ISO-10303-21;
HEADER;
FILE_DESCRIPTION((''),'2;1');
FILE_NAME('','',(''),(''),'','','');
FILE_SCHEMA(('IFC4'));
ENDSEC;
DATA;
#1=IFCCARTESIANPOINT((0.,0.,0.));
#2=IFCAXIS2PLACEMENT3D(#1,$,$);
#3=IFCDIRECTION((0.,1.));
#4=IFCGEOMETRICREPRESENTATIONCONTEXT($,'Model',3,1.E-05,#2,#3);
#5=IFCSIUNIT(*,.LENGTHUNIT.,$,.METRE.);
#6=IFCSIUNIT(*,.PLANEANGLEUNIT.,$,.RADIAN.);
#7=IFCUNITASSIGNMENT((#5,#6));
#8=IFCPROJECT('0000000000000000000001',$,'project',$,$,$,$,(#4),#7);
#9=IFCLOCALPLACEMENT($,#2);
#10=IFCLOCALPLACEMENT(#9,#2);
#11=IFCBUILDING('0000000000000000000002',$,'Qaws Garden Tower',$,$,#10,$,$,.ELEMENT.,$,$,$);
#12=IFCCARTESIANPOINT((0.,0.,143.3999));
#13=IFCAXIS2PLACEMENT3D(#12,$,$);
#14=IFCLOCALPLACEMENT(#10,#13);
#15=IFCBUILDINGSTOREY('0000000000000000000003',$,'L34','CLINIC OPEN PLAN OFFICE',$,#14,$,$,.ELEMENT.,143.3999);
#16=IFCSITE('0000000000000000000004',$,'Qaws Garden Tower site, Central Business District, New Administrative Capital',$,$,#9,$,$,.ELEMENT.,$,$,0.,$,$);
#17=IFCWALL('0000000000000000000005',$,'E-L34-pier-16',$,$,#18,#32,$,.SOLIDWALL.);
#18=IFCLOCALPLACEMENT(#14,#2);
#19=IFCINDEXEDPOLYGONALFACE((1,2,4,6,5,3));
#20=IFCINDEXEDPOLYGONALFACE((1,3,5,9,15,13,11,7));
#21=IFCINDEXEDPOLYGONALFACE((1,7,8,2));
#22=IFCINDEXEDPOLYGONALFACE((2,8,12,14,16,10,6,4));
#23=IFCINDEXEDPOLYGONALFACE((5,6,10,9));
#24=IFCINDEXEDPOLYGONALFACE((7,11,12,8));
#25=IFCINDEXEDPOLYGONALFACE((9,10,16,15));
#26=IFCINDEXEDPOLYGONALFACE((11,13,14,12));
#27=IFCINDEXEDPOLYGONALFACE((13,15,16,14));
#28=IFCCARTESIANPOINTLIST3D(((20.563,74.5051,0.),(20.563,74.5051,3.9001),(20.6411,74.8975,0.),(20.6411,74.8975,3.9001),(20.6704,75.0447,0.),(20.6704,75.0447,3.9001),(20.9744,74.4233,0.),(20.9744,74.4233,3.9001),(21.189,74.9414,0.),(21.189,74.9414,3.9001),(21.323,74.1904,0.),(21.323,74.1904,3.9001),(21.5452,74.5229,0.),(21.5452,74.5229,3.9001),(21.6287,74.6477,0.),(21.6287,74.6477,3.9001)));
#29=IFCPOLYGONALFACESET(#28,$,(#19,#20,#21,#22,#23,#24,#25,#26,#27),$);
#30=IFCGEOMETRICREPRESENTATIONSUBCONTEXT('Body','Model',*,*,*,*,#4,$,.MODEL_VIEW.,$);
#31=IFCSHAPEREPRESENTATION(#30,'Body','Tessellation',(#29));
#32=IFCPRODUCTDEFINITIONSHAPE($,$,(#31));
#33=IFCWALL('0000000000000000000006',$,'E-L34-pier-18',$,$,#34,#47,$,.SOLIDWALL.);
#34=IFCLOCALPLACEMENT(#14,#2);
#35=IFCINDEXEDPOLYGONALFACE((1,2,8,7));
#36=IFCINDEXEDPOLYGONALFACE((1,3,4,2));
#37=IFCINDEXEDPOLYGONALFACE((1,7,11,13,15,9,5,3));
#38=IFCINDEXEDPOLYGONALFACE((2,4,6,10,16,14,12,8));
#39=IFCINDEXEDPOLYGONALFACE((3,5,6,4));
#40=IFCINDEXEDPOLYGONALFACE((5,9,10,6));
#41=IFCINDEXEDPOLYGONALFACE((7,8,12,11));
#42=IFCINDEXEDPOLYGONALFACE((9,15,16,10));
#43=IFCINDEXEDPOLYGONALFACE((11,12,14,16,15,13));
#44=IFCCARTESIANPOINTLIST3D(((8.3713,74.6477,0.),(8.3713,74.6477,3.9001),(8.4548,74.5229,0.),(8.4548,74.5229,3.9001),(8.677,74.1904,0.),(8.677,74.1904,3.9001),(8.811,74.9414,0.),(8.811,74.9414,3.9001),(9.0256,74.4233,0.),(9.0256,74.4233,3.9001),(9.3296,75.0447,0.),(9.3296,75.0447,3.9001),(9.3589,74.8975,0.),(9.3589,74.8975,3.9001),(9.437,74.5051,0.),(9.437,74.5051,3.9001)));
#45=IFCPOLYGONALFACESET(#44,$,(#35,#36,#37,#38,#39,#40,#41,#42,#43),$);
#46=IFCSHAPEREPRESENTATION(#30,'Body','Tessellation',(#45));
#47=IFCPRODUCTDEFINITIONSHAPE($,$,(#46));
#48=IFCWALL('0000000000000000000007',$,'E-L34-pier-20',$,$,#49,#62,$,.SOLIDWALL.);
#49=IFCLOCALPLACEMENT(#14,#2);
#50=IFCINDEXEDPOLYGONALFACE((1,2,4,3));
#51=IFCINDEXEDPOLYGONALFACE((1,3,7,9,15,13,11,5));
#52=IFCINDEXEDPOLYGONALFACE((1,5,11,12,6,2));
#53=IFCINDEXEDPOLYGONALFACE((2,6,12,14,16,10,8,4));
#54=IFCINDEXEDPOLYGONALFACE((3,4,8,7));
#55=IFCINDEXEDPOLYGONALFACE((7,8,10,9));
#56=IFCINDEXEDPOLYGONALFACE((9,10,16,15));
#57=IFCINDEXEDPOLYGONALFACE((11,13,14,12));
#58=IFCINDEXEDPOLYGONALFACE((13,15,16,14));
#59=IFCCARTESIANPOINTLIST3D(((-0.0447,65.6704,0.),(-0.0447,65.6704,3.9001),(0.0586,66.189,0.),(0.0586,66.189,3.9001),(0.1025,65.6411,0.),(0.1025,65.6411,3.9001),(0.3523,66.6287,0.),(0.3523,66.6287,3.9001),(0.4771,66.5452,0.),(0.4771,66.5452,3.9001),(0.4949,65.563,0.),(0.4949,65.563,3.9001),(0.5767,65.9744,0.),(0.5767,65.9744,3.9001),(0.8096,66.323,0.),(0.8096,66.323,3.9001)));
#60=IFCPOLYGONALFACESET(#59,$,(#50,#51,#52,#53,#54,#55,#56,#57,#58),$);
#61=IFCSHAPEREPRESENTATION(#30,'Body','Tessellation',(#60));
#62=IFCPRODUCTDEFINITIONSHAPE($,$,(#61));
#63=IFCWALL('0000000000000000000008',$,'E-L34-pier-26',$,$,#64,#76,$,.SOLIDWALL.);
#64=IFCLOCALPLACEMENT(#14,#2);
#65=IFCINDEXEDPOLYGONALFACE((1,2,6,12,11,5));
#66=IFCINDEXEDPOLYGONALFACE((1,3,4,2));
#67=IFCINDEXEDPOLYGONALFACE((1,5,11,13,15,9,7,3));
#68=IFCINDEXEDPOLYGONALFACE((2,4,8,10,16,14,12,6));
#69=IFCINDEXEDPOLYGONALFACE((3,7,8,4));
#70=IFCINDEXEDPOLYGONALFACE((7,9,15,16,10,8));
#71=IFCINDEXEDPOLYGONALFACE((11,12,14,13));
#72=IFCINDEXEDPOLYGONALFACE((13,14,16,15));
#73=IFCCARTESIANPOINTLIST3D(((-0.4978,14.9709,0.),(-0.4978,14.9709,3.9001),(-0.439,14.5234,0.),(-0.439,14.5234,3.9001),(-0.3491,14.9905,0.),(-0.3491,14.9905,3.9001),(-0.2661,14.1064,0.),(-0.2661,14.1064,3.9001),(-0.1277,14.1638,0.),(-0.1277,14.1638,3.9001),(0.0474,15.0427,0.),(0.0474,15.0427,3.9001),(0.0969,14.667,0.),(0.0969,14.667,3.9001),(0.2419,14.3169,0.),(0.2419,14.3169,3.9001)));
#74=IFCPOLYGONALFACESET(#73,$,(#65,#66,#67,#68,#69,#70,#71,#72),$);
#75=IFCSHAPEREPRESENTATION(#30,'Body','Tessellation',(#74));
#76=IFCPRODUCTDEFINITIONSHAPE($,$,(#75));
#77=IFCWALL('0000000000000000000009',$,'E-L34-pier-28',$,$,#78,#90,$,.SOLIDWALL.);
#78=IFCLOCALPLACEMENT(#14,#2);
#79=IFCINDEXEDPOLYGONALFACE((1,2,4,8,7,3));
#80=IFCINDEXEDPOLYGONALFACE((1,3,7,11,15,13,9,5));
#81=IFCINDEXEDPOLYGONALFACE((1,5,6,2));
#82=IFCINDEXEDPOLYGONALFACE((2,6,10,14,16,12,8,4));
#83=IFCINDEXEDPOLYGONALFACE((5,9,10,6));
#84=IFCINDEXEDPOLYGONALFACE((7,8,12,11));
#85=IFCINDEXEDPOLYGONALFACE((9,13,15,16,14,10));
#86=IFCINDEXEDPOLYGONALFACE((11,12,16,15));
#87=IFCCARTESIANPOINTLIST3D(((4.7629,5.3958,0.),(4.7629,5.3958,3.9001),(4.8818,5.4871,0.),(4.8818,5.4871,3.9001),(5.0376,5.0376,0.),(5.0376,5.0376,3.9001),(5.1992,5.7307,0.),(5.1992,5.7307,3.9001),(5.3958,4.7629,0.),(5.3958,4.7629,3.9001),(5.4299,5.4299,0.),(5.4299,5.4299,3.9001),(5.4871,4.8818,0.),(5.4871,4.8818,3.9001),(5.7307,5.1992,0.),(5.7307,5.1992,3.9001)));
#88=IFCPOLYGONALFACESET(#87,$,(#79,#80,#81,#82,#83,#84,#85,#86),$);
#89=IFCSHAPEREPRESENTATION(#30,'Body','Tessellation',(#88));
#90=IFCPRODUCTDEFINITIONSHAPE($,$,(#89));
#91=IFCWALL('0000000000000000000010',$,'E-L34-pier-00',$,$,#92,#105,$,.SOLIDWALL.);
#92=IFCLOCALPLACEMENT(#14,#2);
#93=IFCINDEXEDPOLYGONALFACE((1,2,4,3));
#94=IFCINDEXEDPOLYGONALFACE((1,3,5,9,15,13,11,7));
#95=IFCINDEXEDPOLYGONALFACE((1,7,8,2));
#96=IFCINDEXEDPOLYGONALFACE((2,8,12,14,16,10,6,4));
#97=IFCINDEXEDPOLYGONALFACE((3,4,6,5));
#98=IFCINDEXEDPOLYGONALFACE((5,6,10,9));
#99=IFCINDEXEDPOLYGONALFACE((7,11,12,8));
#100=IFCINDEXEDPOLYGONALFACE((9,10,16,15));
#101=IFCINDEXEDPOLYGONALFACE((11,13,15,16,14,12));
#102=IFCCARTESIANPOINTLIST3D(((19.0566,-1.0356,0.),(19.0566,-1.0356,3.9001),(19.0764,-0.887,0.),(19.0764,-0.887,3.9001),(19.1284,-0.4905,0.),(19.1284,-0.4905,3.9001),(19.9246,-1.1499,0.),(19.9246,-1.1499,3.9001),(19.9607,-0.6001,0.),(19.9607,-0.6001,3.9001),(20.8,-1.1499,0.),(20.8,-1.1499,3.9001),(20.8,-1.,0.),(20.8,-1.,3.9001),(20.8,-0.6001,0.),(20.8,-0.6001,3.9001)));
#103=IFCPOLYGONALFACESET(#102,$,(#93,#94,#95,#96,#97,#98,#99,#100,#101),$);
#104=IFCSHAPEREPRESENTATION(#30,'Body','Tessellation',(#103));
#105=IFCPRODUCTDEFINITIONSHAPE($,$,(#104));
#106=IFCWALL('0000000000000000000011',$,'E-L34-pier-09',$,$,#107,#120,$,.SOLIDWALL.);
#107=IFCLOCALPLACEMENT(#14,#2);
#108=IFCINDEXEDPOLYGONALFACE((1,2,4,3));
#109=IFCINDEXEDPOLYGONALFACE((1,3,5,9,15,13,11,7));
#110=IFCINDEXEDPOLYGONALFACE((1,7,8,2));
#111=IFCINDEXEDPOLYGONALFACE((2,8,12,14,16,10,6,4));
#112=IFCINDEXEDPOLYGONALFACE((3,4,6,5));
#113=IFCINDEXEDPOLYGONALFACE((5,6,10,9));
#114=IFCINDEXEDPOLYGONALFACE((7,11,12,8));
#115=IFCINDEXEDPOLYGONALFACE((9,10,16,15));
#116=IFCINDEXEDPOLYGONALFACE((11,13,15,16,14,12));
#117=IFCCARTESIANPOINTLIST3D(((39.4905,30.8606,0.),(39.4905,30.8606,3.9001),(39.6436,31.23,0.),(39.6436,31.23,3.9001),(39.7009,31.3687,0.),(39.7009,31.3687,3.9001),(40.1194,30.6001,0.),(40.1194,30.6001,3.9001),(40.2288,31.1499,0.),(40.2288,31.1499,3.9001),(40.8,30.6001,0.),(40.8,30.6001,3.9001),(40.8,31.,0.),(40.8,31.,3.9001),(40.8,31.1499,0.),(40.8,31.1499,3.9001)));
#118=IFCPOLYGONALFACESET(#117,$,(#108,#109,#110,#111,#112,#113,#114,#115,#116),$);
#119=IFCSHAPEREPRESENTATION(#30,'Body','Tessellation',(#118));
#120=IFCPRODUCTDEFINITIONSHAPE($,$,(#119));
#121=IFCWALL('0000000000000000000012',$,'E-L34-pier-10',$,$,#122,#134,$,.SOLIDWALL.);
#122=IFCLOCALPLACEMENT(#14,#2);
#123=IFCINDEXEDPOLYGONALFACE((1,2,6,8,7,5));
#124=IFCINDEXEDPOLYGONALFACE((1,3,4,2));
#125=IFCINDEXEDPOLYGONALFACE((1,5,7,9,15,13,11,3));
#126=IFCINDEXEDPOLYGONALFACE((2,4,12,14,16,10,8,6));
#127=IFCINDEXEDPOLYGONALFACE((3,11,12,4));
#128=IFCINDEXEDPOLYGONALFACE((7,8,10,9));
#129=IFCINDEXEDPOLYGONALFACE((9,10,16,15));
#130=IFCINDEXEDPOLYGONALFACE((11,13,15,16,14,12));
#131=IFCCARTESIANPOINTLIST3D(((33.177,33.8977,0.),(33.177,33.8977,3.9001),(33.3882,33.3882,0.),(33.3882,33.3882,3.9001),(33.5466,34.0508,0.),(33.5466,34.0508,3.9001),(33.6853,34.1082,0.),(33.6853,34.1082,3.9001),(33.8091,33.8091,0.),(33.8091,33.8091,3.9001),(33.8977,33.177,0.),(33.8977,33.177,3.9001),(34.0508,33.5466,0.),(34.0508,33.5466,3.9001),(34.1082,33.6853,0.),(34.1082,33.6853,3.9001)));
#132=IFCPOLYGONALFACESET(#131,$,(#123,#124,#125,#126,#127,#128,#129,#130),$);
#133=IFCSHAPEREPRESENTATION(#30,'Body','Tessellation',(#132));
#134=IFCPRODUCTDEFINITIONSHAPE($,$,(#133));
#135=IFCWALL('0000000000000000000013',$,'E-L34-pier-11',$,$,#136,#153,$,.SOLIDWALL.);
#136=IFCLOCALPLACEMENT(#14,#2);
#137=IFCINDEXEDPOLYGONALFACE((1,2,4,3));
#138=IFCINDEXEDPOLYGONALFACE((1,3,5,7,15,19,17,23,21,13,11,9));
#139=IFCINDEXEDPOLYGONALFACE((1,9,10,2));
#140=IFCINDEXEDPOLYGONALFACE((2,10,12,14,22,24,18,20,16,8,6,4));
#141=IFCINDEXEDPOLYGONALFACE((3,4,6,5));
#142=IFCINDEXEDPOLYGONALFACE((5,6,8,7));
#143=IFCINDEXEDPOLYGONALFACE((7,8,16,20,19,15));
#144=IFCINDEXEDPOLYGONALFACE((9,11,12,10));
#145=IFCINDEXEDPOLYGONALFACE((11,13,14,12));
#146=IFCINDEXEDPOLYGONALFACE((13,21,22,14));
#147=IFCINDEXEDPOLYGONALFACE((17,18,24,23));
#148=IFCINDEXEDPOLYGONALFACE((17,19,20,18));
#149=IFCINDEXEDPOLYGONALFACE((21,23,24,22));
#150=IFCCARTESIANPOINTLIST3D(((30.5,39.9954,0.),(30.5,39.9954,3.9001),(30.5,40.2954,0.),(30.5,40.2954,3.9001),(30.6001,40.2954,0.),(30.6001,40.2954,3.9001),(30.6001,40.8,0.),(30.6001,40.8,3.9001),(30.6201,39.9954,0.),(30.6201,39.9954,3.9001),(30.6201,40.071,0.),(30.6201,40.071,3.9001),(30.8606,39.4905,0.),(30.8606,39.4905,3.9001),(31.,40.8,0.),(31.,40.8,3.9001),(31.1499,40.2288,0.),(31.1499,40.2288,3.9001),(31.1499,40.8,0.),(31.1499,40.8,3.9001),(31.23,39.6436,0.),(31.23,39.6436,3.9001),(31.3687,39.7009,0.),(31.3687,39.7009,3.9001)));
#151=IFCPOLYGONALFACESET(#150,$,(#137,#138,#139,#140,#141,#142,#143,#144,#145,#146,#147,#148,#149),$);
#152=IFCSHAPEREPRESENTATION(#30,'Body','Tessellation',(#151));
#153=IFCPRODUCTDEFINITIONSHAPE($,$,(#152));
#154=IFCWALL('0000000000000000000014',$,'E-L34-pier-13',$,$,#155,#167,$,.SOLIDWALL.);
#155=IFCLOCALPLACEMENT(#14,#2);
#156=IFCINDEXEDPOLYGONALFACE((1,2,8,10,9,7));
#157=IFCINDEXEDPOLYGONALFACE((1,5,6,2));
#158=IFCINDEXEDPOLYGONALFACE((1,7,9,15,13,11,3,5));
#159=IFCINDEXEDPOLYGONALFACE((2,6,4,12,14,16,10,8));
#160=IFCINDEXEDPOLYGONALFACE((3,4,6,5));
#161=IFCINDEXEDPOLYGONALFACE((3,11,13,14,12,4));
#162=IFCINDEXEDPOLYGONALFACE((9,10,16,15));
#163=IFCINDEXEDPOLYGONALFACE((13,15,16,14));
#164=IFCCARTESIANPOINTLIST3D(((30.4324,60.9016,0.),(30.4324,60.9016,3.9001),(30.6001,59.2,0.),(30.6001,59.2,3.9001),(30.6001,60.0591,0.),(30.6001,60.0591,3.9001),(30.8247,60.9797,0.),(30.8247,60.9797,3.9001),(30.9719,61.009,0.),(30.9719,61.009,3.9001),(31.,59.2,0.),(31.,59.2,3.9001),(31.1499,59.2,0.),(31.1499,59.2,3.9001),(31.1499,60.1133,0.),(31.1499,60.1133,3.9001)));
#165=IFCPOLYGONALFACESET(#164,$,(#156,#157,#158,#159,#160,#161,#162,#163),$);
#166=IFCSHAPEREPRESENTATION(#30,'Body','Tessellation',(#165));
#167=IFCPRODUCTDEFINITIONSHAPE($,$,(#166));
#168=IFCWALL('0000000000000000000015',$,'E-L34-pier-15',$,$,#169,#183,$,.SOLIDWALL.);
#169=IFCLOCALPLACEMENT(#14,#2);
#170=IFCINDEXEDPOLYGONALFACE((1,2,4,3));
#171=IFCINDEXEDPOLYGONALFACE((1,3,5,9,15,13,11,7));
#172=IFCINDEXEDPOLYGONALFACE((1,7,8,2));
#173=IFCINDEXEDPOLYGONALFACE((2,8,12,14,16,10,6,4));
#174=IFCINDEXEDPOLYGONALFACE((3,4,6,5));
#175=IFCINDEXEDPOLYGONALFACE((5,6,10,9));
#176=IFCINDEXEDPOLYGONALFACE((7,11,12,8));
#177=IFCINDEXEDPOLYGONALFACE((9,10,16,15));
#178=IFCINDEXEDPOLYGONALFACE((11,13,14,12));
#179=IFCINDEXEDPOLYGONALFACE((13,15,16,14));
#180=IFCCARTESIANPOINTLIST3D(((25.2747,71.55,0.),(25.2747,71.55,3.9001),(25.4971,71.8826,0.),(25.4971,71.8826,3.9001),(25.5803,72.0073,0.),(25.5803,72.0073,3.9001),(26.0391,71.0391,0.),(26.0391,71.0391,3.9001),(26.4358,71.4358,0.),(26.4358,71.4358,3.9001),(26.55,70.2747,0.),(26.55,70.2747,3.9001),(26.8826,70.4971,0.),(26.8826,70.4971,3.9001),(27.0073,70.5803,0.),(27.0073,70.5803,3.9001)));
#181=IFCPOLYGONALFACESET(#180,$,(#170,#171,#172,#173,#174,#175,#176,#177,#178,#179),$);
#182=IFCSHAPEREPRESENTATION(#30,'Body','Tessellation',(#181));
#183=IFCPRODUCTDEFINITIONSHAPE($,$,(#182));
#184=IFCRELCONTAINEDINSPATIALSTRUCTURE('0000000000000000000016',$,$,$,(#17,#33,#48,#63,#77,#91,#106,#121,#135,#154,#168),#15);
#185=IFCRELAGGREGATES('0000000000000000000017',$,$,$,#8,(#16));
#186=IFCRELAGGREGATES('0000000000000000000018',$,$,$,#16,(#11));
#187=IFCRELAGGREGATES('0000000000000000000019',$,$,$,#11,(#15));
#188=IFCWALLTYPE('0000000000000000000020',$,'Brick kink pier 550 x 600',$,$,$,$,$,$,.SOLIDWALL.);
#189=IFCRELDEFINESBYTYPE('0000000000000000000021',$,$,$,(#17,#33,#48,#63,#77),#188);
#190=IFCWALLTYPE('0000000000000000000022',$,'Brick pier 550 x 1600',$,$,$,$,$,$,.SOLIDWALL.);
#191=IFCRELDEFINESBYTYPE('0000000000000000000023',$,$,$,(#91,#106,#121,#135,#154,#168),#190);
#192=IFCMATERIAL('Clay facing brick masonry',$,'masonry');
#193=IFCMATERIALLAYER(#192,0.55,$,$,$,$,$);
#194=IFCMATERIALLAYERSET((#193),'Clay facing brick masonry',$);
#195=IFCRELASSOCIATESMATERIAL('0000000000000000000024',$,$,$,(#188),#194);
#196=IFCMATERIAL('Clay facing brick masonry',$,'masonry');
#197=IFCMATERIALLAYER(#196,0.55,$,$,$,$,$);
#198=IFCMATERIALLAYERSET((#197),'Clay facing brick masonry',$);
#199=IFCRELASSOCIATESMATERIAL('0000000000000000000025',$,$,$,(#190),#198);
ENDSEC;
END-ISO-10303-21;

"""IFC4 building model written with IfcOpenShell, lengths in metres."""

from ifc_helpers import new_model, si_unit, direction, frame, origin, place, context, subcontext, project, spatial, polyline, outline, extrude, material, layer, layer_set, type_object, element, save


model = new_model("IFC4")

# Units and contexts
model_context = context("Model", 3, precision=1e-05, world=origin(), true_north=direction((0.0, 1.0)))
body_context = subcontext(model_context, "Body", "Model", "MODEL_VIEW")
ifc_project = project(units=[si_unit("LENGTHUNIT", "METRE"), si_unit("PLANEANGLEUNIT", "RADIAN")], contexts=[model_context])

# Site, building, storey
site_placement = place(None, origin())
site = spatial("IfcSite", under=ifc_project, at=site_placement, Name="Qaws Garden Tower site, Central Business District, New Administrative Capital", CompositionType="ELEMENT", RefElevation=0.0)
building_placement = place(site_placement, origin())
building = spatial("IfcBuilding", under=site, at=building_placement, Name="Qaws Garden Tower", CompositionType="ELEMENT")
storey_placement = place(building_placement, frame((0.0, 0.0, 143.3999)))
storey = spatial("IfcBuildingStorey", under=building, at=storey_placement, Name="L34", Description="CLINIC OPEN PLAN OFFICE", CompositionType="ELEMENT", Elevation=143.3999)

# Walls
placement = place(storey_placement, origin())
ifc_material_1 = material(Name="Clay facing brick masonry", Category="masonry")
ifc_layer_1 = layer(ifc_material_1, 0.55)
ifc_layer_set_1 = layer_set([ifc_layer_1], Name="Clay facing brick masonry")
wall_type_1 = type_object("IfcWallType", Name="Brick kink pier 550 x 600", PredefinedType="SOLIDWALL", material=ifc_layer_set_1)
element("IfcWall", 1, at=placement, inside=storey, type_object=wall_type_1, Name="E-L34-pier-16", PredefinedType="SOLIDWALL", context=body_context, shape_type="SweptSolid", body=[
    extrude(outline(polyline([(21.5452, 74.5229), (21.6287, 74.6477), (21.189, 74.9414), (20.6704, 75.0447), (20.6411, 74.8975), (20.563, 74.5051), (20.9744, 74.4233), (21.323, 74.1904), (21.5452, 74.5229)])), origin(), (0.0, 0.0, 1.0), 3.9001),
])
element("IfcWall", 2, at=placement, inside=storey, type_object=wall_type_1, Name="E-L34-pier-18", PredefinedType="SOLIDWALL", context=body_context, shape_type="SweptSolid", body=[
    extrude(outline(polyline([(9.3589, 74.8975), (9.3296, 75.0447), (8.811, 74.9414), (8.3713, 74.6477), (8.4548, 74.5229), (8.677, 74.1904), (9.0256, 74.4233), (9.437, 74.5051), (9.3589, 74.8975)])), origin(), (0.0, 0.0, 1.0), 3.9001),
])
element("IfcWall", 3, at=placement, inside=storey, type_object=wall_type_1, Name="E-L34-pier-20", PredefinedType="SOLIDWALL", context=body_context, shape_type="SweptSolid", body=[
    extrude(outline(polyline([(0.4771, 66.5452), (0.3523, 66.6287), (0.0586, 66.189), (-0.0447, 65.6704), (0.1025, 65.6411), (0.4949, 65.563), (0.5767, 65.9744), (0.8096, 66.323), (0.4771, 66.5452)])), origin(), (0.0, 0.0, 1.0), 3.9001),
])
element("IfcWall", 4, at=placement, inside=storey, type_object=wall_type_1, Name="E-L34-pier-26", PredefinedType="SOLIDWALL", context=body_context, shape_type="SweptSolid", body=[
    extrude(outline(polyline([(-0.3491, 14.9905), (-0.4978, 14.9709), (-0.439, 14.5234), (-0.2661, 14.1064), (-0.1277, 14.1638), (0.2419, 14.3169), (0.0969, 14.667), (0.0474, 15.0427), (-0.3491, 14.9905)])), origin(), (0.0, 0.0, 1.0), 3.9001),
])
element("IfcWall", 5, at=placement, inside=storey, type_object=wall_type_1, Name="E-L34-pier-28", PredefinedType="SOLIDWALL", context=body_context, shape_type="SweptSolid", body=[
    extrude(outline(polyline([(4.8818, 5.4871), (4.7629, 5.3958), (5.0376, 5.0376), (5.3958, 4.7629), (5.4871, 4.8818), (5.7307, 5.1992), (5.4299, 5.4299), (5.1992, 5.7307), (4.8818, 5.4871)])), origin(), (0.0, 0.0, 1.0), 3.9001),
])
ifc_material_2 = material(Name="Clay facing brick masonry", Category="masonry")
ifc_layer_2 = layer(ifc_material_2, 0.55)
ifc_layer_set_2 = layer_set([ifc_layer_2], Name="Clay facing brick masonry")
wall_type_2 = type_object("IfcWallType", Name="Brick pier 550 x 1600", PredefinedType="SOLIDWALL", material=ifc_layer_set_2)
element("IfcWall", 6, at=placement, inside=storey, type_object=wall_type_2, Name="E-L34-pier-00", PredefinedType="SOLIDWALL", context=body_context, shape_type="SweptSolid", body=[
    extrude(outline(polyline([(19.0764, -0.887), (19.0566, -1.0356), (19.9246, -1.1499), (20.8, -1.1499), (20.8, -1.0), (20.8, -0.6001), (19.9607, -0.6001), (19.1284, -0.4905), (19.0764, -0.887)])), origin(), (0.0, 0.0, 1.0), 3.9001),
])
element("IfcWall", 7, at=placement, inside=storey, type_object=wall_type_2, Name="E-L34-pier-09", PredefinedType="SOLIDWALL", context=body_context, shape_type="SweptSolid", body=[
    extrude(outline(polyline([(40.8, 31.0), (40.8, 31.1499), (40.2288, 31.1499), (39.7009, 31.3687), (39.6436, 31.23), (39.4905, 30.8606), (40.1194, 30.6001), (40.8, 30.6001), (40.8, 31.0)])), origin(), (0.0, 0.0, 1.0), 3.9001),
])
element("IfcWall", 8, at=placement, inside=storey, type_object=wall_type_2, Name="E-L34-pier-10", PredefinedType="SOLIDWALL", context=body_context, shape_type="SweptSolid", body=[
    extrude(outline(polyline([(34.0508, 33.5466), (34.1082, 33.6853), (33.8091, 33.8091), (33.6853, 34.1082), (33.5466, 34.0508), (33.177, 33.8977), (33.3882, 33.3882), (33.8977, 33.177), (34.0508, 33.5466)])), origin(), (0.0, 0.0, 1.0), 3.9001),
])
element("IfcWall", 9, at=placement, inside=storey, type_object=wall_type_2, Name="E-L34-pier-11", PredefinedType="SOLIDWALL", context=body_context, shape_type="SweptSolid", body=[
    extrude(outline(polyline([(30.6201, 39.9954), (30.6201, 40.071), (30.8606, 39.4905), (31.23, 39.6436), (31.3687, 39.7009), (31.1499, 40.2288), (31.1499, 40.8), (31.0, 40.8), (30.6001, 40.8), (30.6001, 40.2954), (30.5, 40.2954), (30.5, 39.9954), (30.6201, 39.9954)])), origin(), (0.0, 0.0, 1.0), 3.9001),
])
element("IfcWall", 10, at=placement, inside=storey, type_object=wall_type_2, Name="E-L34-pier-13", PredefinedType="SOLIDWALL", context=body_context, shape_type="SweptSolid", body=[
    extrude(outline(polyline([(31.0, 59.2), (31.1499, 59.2), (31.1499, 60.1133), (30.9719, 61.009), (30.8247, 60.9797), (30.4324, 60.9016), (30.6001, 60.0591), (30.6001, 59.2), (31.0, 59.2)])), origin(), (0.0, 0.0, 1.0), 3.9001),
])
element("IfcWall", 11, at=placement, inside=storey, type_object=wall_type_2, Name="E-L34-pier-15", PredefinedType="SOLIDWALL", context=body_context, shape_type="SweptSolid", body=[
    extrude(outline(polyline([(26.8826, 70.4971), (27.0073, 70.5803), (26.4358, 71.4358), (25.5803, 72.0073), (25.4971, 71.8826), (25.2747, 71.55), (26.0391, 71.0391), (26.55, 70.2747), (26.8826, 70.4971)])), origin(), (0.0, 0.0, 1.0), 3.9001),
])

save(model, "model.ifc")
